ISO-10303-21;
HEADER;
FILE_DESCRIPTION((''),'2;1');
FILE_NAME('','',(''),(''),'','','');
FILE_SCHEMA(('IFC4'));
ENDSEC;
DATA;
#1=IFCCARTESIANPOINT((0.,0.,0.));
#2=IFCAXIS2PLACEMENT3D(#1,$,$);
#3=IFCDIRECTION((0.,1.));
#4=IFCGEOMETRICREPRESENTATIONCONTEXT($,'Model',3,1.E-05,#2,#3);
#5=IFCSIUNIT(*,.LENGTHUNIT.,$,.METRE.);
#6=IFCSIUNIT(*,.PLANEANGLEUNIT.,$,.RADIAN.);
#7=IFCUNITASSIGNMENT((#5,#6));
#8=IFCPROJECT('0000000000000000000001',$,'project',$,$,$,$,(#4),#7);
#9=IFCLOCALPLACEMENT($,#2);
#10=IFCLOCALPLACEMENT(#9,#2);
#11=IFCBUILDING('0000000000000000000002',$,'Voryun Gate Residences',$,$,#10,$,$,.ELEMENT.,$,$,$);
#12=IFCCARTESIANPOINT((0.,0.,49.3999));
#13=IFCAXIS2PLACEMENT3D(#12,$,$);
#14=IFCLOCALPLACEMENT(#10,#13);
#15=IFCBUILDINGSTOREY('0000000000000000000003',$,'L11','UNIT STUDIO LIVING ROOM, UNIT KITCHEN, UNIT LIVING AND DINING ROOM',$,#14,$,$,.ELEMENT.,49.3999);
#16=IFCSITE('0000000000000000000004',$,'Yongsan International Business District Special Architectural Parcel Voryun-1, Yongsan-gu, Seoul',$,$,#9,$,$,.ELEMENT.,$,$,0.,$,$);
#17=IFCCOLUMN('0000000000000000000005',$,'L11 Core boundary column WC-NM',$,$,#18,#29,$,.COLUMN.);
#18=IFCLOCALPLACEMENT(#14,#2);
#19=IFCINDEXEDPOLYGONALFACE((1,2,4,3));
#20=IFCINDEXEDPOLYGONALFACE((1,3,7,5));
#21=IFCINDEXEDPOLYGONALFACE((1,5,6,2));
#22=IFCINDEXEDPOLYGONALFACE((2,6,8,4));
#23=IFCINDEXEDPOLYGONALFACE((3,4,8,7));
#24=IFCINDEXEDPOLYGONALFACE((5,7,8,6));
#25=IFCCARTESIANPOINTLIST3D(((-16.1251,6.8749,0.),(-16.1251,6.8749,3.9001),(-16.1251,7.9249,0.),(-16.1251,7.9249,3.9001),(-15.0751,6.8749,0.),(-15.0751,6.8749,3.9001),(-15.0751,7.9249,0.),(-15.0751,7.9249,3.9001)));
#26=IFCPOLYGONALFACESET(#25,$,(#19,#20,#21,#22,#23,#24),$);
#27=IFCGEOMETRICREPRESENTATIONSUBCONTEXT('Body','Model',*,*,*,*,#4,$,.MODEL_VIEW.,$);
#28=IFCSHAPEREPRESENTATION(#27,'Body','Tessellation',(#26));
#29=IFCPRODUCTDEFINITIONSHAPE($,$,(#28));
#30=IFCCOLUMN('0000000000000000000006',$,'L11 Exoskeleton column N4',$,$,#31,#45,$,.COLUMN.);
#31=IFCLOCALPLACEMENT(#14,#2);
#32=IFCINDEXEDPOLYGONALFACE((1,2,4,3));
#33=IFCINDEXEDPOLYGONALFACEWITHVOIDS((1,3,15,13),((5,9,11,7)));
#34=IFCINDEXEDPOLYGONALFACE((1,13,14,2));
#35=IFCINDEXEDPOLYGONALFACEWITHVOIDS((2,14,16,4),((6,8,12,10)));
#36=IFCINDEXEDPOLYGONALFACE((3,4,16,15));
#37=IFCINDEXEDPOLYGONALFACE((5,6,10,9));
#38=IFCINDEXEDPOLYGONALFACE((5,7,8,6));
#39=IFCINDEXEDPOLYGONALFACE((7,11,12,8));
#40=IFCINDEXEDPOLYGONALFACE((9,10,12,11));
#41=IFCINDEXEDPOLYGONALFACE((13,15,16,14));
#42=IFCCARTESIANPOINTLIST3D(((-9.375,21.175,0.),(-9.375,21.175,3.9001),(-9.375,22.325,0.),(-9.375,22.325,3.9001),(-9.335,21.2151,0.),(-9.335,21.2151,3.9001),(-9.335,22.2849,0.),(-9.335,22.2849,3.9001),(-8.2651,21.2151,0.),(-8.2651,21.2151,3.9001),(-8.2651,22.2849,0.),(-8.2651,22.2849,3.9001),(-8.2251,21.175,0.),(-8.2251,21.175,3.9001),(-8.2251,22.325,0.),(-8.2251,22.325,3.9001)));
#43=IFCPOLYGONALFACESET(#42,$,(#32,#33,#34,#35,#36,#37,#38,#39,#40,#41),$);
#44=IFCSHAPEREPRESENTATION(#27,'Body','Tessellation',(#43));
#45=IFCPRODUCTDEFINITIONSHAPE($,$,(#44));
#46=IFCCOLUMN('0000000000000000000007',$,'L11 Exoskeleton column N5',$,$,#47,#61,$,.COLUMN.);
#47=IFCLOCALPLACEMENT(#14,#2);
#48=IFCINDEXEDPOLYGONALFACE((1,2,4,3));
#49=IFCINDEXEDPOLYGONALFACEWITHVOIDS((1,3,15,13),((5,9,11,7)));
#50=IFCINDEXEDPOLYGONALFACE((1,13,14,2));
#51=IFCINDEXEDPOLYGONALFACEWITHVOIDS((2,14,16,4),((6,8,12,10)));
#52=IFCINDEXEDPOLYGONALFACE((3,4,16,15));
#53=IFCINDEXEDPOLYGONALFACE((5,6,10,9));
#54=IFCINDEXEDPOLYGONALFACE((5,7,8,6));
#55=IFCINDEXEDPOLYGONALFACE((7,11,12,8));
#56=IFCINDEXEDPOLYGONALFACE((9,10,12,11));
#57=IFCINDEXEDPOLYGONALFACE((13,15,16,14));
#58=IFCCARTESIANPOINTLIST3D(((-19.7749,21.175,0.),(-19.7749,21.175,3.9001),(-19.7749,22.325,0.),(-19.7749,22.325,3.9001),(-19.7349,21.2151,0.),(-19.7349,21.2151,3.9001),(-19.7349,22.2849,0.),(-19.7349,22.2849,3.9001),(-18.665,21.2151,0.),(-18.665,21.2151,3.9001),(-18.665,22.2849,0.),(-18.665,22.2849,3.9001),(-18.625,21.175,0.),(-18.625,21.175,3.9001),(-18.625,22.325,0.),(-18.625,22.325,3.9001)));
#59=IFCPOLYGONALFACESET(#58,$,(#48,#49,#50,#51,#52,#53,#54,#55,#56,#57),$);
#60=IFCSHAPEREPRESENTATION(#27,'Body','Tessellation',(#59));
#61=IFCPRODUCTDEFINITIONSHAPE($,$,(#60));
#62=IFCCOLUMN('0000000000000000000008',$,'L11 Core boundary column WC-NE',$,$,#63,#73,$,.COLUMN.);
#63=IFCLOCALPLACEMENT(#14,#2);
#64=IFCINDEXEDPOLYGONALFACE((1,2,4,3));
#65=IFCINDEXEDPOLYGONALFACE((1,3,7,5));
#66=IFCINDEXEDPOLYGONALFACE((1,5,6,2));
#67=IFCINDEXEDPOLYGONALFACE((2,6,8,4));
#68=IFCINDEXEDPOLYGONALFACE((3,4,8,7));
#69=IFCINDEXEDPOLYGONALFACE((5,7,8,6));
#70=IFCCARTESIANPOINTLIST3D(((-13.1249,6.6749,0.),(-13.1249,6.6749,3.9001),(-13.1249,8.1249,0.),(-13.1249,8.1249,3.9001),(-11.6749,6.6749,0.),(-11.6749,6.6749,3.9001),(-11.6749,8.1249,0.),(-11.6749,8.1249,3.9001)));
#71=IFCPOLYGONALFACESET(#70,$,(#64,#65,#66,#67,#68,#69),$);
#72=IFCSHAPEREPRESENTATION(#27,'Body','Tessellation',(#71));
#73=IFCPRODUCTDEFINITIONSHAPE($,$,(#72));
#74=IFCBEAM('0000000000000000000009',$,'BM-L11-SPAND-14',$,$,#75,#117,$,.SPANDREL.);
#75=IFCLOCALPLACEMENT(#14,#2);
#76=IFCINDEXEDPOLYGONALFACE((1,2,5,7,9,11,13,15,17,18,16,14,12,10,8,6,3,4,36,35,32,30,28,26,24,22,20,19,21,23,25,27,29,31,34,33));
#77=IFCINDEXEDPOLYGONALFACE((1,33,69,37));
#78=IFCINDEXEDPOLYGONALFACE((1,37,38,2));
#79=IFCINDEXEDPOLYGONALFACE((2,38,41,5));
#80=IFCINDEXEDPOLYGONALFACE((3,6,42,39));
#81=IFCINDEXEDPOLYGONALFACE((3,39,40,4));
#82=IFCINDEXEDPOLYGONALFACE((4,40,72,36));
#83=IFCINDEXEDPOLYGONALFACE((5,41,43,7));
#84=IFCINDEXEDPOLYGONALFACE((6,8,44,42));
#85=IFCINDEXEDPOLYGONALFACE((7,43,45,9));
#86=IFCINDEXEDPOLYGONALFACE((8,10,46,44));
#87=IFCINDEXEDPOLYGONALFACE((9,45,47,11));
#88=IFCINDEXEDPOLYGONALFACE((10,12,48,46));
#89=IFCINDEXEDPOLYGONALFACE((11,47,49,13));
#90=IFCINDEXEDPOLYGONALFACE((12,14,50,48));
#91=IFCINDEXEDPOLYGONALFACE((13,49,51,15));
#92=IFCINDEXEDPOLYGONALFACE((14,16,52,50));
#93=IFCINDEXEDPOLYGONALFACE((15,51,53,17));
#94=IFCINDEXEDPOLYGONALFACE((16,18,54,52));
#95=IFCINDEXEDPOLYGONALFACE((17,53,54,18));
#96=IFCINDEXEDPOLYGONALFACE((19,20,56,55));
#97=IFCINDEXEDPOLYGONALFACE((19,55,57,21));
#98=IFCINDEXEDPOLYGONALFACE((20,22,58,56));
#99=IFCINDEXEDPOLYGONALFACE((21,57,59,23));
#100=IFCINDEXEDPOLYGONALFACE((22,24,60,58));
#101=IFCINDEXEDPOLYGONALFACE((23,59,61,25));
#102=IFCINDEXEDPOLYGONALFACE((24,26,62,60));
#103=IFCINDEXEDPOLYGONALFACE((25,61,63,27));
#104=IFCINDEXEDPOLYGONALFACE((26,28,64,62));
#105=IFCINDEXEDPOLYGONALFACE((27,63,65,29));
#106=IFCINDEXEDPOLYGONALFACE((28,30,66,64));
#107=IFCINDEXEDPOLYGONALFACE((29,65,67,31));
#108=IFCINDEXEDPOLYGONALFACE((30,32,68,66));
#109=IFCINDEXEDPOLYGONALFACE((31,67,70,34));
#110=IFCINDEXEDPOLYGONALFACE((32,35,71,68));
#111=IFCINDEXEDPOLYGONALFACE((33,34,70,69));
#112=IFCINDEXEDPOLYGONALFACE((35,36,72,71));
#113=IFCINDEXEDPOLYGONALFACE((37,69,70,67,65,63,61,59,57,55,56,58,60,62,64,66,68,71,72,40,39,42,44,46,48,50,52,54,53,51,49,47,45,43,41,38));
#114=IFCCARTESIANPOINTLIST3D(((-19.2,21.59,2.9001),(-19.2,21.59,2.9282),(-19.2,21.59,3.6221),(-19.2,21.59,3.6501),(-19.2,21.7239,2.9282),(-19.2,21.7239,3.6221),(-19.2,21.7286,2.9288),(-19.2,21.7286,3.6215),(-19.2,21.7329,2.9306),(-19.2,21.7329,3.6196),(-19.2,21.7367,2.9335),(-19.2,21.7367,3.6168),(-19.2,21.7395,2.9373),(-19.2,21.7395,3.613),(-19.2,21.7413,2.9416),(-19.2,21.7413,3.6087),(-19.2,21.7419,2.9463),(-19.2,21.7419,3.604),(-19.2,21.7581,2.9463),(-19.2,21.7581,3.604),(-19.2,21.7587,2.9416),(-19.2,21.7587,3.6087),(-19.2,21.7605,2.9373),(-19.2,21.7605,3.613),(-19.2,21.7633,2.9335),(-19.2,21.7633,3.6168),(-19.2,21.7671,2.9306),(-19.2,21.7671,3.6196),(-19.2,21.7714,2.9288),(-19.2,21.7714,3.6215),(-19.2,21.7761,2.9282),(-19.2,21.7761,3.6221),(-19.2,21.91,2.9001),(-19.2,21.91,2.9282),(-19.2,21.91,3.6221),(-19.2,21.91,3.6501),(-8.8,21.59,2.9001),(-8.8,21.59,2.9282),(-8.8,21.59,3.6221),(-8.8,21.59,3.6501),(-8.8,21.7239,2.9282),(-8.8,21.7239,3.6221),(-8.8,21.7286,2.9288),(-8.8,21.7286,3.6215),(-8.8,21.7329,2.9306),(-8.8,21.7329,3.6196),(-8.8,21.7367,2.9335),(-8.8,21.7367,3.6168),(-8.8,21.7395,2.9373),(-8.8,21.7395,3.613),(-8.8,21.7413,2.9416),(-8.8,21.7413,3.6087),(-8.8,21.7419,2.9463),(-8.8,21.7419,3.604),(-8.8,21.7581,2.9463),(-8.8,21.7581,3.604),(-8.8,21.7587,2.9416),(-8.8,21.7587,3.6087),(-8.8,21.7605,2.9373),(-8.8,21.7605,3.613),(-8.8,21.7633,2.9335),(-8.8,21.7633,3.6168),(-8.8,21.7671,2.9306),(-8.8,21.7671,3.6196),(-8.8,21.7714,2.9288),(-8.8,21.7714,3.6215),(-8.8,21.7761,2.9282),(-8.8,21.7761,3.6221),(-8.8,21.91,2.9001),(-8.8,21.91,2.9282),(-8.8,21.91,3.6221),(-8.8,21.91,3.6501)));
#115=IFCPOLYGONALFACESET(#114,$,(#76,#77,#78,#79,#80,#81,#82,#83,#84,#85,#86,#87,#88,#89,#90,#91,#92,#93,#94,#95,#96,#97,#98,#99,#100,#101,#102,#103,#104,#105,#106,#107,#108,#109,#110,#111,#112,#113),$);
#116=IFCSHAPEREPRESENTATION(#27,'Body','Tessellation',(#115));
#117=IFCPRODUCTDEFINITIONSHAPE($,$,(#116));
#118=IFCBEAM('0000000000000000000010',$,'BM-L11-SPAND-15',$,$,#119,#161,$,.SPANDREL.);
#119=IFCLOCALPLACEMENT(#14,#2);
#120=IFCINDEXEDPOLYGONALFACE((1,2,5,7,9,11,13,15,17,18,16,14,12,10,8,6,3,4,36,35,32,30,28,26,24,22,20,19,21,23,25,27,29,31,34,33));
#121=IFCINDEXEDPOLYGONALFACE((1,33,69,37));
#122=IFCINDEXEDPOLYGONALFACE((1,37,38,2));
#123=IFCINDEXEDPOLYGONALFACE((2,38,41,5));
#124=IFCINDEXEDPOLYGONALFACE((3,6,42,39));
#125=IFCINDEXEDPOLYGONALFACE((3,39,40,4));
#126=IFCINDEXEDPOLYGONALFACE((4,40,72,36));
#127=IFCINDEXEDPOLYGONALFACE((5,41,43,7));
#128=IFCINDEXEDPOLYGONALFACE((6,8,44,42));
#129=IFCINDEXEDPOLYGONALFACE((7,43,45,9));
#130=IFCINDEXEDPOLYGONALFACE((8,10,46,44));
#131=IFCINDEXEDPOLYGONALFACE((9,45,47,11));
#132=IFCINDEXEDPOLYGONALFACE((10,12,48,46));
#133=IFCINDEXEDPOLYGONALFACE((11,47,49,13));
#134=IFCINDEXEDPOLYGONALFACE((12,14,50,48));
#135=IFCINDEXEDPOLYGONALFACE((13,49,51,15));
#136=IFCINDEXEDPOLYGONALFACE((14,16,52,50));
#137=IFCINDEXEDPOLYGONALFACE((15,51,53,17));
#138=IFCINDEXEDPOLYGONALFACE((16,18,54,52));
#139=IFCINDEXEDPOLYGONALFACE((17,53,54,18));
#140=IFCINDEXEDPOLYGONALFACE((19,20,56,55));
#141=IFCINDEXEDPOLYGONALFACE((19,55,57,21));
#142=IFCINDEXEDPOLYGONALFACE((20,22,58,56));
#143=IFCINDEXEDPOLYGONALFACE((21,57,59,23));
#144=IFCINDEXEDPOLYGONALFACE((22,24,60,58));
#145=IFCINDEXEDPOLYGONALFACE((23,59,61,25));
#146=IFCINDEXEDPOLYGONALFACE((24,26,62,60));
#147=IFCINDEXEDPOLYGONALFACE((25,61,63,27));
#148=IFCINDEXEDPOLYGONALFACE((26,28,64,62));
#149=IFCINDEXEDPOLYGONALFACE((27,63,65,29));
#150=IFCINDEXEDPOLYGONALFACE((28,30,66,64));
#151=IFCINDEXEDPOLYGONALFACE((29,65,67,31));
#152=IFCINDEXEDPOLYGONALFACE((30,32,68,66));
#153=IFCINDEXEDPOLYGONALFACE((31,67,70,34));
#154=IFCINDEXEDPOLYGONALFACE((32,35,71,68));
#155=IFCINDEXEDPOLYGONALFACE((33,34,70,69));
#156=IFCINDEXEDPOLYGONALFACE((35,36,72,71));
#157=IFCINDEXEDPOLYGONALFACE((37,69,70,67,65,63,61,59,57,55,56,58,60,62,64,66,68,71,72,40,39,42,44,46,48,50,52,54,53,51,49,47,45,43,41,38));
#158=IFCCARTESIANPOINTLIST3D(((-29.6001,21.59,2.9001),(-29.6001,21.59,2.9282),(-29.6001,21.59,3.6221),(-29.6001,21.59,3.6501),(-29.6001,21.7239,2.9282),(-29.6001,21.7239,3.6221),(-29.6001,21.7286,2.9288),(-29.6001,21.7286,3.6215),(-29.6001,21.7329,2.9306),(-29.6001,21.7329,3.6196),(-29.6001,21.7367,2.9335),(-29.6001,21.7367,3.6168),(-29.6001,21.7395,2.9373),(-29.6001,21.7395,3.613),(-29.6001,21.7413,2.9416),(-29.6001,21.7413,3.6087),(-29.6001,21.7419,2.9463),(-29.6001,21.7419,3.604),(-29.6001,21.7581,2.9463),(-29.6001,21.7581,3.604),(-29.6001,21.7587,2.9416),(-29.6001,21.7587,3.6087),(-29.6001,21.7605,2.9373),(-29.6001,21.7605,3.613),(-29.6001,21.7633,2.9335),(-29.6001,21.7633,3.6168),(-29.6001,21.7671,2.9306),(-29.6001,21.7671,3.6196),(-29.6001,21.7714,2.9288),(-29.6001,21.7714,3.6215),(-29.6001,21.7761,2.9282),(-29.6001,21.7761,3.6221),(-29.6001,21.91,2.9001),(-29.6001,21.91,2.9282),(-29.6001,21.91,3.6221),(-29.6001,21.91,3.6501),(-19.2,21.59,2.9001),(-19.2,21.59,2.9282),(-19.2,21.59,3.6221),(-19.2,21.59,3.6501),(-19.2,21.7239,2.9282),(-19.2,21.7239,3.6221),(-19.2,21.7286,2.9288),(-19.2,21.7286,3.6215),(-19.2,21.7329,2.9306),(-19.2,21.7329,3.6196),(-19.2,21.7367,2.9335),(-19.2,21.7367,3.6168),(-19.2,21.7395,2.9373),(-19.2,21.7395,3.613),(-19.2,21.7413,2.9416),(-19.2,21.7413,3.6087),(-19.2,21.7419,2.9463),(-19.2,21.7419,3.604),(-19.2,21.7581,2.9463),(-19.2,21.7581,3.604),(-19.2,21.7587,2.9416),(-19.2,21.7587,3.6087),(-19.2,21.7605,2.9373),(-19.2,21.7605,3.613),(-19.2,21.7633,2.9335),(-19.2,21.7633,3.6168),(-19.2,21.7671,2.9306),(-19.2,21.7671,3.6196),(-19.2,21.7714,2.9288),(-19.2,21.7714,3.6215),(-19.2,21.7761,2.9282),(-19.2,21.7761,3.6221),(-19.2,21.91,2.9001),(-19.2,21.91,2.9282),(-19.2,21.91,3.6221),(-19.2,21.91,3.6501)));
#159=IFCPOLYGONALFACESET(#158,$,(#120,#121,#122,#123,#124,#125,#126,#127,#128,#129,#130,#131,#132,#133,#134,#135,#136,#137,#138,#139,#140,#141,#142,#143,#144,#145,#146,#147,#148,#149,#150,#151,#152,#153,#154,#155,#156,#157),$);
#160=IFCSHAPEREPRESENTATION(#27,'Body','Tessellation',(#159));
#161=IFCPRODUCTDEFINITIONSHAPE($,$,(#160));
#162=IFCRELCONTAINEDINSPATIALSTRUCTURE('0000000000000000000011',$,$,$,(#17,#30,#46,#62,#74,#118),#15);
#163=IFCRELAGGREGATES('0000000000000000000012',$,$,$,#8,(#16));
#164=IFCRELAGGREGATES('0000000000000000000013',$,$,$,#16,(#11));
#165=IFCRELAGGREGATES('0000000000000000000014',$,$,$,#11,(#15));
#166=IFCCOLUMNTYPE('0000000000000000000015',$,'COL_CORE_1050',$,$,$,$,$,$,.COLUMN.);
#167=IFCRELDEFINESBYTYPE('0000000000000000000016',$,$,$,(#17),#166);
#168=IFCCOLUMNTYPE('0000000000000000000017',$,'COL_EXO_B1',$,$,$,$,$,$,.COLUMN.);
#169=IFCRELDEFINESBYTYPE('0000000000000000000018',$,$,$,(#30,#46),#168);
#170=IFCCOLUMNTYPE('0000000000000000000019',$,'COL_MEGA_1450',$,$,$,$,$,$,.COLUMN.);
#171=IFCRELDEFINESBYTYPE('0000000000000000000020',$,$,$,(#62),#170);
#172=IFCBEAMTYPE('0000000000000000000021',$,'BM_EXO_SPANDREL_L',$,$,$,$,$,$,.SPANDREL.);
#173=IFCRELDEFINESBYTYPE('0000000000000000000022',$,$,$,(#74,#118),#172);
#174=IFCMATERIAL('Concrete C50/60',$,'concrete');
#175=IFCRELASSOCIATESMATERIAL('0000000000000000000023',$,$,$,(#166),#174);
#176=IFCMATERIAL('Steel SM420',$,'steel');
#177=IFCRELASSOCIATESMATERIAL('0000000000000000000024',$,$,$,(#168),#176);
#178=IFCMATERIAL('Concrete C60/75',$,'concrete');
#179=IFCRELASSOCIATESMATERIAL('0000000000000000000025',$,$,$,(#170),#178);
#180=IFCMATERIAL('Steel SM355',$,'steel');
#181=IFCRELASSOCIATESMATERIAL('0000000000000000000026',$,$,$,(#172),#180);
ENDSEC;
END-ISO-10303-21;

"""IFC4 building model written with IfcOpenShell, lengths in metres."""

from ifc_helpers import new_model, si_unit, direction, frame, origin, origin_2d, place, context, subcontext, project, spatial, rectangle, hollow_rectangle, i_section, extrude, material, material_profile, profile_set, type_object, element, save


model = new_model("IFC4")

# Units and contexts
model_context = context("Model", 3, precision=1e-05, world=origin(), true_north=direction((0.0, 1.0)))
body_context = subcontext(model_context, "Body", "Model", "MODEL_VIEW")
ifc_project = project(units=[si_unit("LENGTHUNIT", "METRE"), si_unit("PLANEANGLEUNIT", "RADIAN")], contexts=[model_context])

# Site, building, storey
site_placement = place(None, origin())
site = spatial("IfcSite", under=ifc_project, at=site_placement, Name="Yongsan International Business District Special Architectural Parcel Voryun-1, Yongsan-gu, Seoul", CompositionType="ELEMENT", RefElevation=0.0)
building_placement = place(site_placement, origin())
building = spatial("IfcBuilding", under=site, at=building_placement, Name="Voryun Gate Residences", CompositionType="ELEMENT")
storey_placement = place(building_placement, frame((0.0, 0.0, 49.3999)))
storey = spatial("IfcBuildingStorey", under=building, at=storey_placement, Name="L11", Description="UNIT STUDIO LIVING ROOM, UNIT KITCHEN, UNIT LIVING AND DINING ROOM", CompositionType="ELEMENT", Elevation=49.3999)

# Columns
ifc_material_1 = material(Name="Concrete C50/60", Category="concrete")
ifc_material_profile_1 = material_profile(ifc_material_1, rectangle(XDim=1.05, YDim=1.05, at=origin_2d()), Name="RC-1050x1050")
ifc_profile_set_1 = profile_set([ifc_material_profile_1], Name="Concrete C50/60")
column_type_1 = type_object("IfcColumnType", Name="COL_CORE_1050", PredefinedType="COLUMN", material=ifc_profile_set_1)
column_1_placement = place(storey_placement, frame((-15.6001, 7.3999, 0.0), z_axis=(0.0, 0.0, 1.0), x_axis=(1.0, 0.0, 0.0)))
element("IfcColumn", 1, at=column_1_placement, inside=storey, type_object=column_type_1, Name="L11 Core boundary column WC-NM", PredefinedType="COLUMN", context=body_context, shape_type="SweptSolid", body=[
    extrude(rectangle(XDim=1.05, YDim=1.05, at=origin_2d()), origin(), (0.0, 0.0, 1.0), 3.9001),
])
ifc_material_2 = material(Name="Steel SM420", Category="steel")
ifc_material_profile_2 = material_profile(ifc_material_2, hollow_rectangle(XDim=1.1499, YDim=1.1499, WallThickness=0.04, at=origin_2d()), Name="BOX-1150x1150x40")
ifc_profile_set_2 = profile_set([ifc_material_profile_2], Name="Steel SM420")
column_type_2 = type_object("IfcColumnType", Name="COL_EXO_B1", PredefinedType="COLUMN", material=ifc_profile_set_2)
for number, where, z_axis, x_axis, name in (
    (2, (-8.8, 21.75, 0.0), (0.0, 0.0, 1.0), (1.0, 0.0, 0.0), "L11 Exoskeleton column N4"),
    (3, (-19.2, 21.75, 0.0), (0.0, 0.0, 1.0), (1.0, 0.0, 0.0), "L11 Exoskeleton column N5"),
):
    element("IfcColumn", number, at=place(storey_placement, frame(where, z_axis=z_axis, x_axis=x_axis)), inside=storey, type_object=column_type_2, Name=name, PredefinedType="COLUMN", context=body_context, shape_type="SweptSolid", body=[
        extrude(hollow_rectangle(XDim=1.1499, YDim=1.1499, WallThickness=0.04, at=origin_2d()), origin(), (0.0, 0.0, 1.0), 3.9001),
    ])
ifc_material_3 = material(Name="Concrete C60/75", Category="concrete")
ifc_material_profile_3 = material_profile(ifc_material_3, rectangle(XDim=1.45, YDim=1.45, at=origin_2d()), Name="RC-1450x1450")
ifc_profile_set_3 = profile_set([ifc_material_profile_3], Name="Concrete C60/75")
column_type_3 = type_object("IfcColumnType", Name="COL_MEGA_1450", PredefinedType="COLUMN", material=ifc_profile_set_3)
column_2_placement = place(storey_placement, frame((-12.3999, 7.3999, 0.0), z_axis=(0.0, 0.0, 1.0), x_axis=(1.0, 0.0, 0.0)))
element("IfcColumn", 4, at=column_2_placement, inside=storey, type_object=column_type_3, Name="L11 Core boundary column WC-NE", PredefinedType="COLUMN", context=body_context, shape_type="SweptSolid", body=[
    extrude(rectangle(XDim=1.45, YDim=1.45, at=origin_2d()), origin(), (0.0, 0.0, 1.0), 3.9001),
])

# Beams
ifc_material_4 = material(Name="Steel SM355", Category="steel")
ifc_material_profile_4 = material_profile(ifc_material_4, i_section(OverallWidth=0.3201, OverallDepth=0.75, WebThickness=0.0161, FlangeThickness=0.0281, FilletRadius=0.0181, at=origin_2d()), Name="H-750x320x16x28")
ifc_profile_set_4 = profile_set([ifc_material_profile_4], Name="Steel SM355")
beam_type_1 = type_object("IfcBeamType", Name="BM_EXO_SPANDREL_L", PredefinedType="SPANDREL", material=ifc_profile_set_4)
beam_1_placement = place(storey_placement, frame((-8.8, 21.75, 3.2751), z_axis=(-1.0, 0.0, 0.0), x_axis=(0.0, -1.0, 0.0)))
element("IfcBeam", 5, at=beam_1_placement, inside=storey, type_object=beam_type_1, Name="BM-L11-SPAND-14", PredefinedType="SPANDREL", context=body_context, shape_type="SweptSolid", body=[
    extrude(i_section(OverallWidth=0.3201, OverallDepth=0.75, WebThickness=0.0161, FlangeThickness=0.0281, FilletRadius=0.0181, at=origin_2d()), origin(), (0.0, 0.0, 1.0), 10.3999),
])
beam_2_placement = place(storey_placement, frame((-19.2, 21.75, 3.2751), z_axis=(-1.0, 0.0, 0.0), x_axis=(0.0, -1.0, 0.0)))
element("IfcBeam", 6, at=beam_2_placement, inside=storey, type_object=beam_type_1, Name="BM-L11-SPAND-15", PredefinedType="SPANDREL", context=body_context, shape_type="SweptSolid", body=[
    extrude(i_section(OverallWidth=0.3201, OverallDepth=0.75, WebThickness=0.0161, FlangeThickness=0.0281, FilletRadius=0.0181, at=origin_2d()), origin(), (0.0, 0.0, 1.0), 10.4001),
])

save(model, "model.ifc")
